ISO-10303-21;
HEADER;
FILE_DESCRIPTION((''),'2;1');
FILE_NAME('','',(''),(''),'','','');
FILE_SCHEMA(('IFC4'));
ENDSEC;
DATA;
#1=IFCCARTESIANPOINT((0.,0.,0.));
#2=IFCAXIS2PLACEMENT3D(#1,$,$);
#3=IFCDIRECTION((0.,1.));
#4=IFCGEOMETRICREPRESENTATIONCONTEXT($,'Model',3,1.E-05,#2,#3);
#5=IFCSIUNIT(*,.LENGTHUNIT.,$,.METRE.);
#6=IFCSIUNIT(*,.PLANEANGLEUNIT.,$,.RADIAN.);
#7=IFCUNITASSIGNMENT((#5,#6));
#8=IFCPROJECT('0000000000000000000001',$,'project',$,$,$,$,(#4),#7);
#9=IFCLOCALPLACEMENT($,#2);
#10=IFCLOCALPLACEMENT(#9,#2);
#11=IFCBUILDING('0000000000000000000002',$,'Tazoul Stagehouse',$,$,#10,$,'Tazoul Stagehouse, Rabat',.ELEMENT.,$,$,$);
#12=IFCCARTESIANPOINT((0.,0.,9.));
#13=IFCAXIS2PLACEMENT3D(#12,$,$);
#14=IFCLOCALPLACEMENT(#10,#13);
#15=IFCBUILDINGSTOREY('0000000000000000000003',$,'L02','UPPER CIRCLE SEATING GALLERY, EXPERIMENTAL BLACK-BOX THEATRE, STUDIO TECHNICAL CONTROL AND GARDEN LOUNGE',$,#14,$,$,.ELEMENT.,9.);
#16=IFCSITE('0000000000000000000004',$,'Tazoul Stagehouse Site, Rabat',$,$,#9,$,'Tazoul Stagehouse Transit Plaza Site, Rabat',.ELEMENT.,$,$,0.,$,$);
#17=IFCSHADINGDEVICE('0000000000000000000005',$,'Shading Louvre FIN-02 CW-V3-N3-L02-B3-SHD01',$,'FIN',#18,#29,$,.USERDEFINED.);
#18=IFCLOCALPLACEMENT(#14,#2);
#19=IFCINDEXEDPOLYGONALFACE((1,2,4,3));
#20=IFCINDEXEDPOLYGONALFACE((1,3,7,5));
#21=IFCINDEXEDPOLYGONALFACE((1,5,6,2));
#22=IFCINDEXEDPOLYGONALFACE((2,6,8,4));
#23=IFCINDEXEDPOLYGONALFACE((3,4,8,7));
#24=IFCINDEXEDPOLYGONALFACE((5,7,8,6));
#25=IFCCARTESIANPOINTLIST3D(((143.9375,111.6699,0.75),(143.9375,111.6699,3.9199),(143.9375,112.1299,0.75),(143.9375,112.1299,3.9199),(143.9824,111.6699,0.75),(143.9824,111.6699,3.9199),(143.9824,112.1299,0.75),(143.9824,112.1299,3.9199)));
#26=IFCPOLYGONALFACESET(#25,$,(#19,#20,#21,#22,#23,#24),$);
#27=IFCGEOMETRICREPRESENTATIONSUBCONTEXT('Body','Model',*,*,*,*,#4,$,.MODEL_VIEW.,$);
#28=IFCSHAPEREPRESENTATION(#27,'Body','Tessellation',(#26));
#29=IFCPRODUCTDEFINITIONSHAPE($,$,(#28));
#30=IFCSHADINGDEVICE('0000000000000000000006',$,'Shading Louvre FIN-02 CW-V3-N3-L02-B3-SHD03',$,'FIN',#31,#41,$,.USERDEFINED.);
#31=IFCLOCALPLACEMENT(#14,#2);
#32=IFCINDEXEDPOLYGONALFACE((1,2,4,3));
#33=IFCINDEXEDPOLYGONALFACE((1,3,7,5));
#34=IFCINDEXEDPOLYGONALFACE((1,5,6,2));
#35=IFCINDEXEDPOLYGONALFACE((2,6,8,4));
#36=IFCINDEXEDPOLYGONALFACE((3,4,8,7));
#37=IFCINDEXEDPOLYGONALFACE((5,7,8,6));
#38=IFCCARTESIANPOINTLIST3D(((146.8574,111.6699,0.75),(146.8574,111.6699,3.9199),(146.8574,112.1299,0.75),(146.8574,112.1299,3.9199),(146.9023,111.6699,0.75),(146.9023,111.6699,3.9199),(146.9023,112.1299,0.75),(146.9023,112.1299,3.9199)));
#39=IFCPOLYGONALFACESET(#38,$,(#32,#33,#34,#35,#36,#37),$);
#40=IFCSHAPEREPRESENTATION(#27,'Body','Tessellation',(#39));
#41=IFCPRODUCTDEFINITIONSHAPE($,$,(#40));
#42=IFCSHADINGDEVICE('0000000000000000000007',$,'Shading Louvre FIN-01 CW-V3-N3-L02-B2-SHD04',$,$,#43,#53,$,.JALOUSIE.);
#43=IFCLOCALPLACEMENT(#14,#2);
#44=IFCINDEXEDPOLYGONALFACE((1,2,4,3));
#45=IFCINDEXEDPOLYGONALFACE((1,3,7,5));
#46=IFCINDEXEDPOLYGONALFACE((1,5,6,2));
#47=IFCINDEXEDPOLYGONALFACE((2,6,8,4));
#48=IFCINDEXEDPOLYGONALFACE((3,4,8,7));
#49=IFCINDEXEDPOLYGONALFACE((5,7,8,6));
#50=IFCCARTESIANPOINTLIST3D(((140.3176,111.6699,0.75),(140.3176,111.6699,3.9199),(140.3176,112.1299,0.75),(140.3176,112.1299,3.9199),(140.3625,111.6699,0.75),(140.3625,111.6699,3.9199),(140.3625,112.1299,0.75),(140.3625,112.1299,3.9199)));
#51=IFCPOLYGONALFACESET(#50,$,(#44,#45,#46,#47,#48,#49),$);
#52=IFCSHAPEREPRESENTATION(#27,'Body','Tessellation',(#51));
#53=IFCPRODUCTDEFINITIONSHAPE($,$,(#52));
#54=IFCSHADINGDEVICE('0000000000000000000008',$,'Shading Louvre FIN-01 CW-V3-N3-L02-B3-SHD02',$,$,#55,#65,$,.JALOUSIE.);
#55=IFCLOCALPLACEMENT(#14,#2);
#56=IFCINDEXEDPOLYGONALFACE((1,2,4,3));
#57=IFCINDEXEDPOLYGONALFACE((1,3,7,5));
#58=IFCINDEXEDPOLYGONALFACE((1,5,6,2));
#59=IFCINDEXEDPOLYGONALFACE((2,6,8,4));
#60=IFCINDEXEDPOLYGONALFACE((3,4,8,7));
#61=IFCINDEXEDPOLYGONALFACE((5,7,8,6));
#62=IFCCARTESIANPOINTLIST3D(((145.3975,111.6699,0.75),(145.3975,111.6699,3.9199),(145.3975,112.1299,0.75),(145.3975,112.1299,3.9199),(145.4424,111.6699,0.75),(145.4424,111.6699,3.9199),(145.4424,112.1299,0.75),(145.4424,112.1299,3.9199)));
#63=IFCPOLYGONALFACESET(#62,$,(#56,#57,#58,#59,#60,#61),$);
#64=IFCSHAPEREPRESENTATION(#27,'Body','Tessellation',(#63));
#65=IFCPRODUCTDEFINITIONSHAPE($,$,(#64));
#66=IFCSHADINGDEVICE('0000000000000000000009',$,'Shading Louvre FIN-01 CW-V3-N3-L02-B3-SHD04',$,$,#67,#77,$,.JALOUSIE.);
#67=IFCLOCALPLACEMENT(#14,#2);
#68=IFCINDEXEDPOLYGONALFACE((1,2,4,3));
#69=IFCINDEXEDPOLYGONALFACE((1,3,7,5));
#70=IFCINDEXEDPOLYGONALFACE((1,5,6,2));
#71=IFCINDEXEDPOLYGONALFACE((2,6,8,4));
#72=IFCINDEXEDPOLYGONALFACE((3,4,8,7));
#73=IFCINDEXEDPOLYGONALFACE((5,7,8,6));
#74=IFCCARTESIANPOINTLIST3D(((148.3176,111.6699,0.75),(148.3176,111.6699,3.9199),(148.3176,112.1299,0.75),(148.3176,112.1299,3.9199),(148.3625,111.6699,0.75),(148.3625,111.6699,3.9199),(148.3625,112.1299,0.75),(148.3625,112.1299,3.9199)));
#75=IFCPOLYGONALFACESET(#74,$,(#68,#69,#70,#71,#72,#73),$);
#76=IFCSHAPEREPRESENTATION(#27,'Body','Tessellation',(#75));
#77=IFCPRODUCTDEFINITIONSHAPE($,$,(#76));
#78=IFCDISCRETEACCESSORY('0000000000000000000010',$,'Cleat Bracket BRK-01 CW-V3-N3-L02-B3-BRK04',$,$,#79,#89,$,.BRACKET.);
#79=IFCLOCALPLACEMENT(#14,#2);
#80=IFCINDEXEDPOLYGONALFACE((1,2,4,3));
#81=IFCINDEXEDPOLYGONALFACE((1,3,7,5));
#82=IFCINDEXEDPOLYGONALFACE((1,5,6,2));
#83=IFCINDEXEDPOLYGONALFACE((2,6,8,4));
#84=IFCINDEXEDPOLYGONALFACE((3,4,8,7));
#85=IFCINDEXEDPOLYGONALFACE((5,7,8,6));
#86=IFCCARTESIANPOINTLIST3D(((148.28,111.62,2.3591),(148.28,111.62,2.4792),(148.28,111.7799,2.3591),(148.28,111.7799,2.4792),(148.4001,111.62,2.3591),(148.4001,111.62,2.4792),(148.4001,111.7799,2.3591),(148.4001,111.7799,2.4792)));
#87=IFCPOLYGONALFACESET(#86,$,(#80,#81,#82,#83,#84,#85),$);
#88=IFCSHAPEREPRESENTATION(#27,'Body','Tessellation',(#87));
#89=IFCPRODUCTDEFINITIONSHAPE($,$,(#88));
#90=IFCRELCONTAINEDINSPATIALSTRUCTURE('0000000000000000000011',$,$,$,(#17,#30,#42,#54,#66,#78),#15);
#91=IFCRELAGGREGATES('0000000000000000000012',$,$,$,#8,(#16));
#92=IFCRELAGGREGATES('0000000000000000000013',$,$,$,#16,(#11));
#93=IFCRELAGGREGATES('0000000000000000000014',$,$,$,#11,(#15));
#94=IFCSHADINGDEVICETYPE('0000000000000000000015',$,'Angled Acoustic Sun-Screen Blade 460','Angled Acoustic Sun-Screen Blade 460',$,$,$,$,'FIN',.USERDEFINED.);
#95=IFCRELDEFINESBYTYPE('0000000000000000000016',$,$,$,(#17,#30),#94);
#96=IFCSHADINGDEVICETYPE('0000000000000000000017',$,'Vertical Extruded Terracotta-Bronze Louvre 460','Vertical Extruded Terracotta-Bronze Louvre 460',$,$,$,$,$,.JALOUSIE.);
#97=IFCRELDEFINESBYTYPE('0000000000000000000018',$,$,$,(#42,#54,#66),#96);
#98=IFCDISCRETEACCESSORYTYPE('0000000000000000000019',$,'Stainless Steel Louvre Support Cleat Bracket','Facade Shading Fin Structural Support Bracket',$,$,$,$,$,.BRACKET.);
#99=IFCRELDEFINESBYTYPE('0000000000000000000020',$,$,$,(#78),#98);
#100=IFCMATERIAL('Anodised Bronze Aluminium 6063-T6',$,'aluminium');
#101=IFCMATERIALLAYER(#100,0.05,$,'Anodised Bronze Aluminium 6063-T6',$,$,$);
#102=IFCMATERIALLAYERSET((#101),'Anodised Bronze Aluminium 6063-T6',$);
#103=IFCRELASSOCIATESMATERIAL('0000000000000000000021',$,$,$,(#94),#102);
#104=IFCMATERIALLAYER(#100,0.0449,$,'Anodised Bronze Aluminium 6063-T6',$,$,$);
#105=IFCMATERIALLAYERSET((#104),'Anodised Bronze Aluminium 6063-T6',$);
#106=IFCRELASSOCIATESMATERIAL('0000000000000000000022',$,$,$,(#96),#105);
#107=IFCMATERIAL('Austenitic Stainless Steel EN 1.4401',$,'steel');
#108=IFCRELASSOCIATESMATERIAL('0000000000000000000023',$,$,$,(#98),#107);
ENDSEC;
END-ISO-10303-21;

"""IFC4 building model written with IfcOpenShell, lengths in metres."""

from ifc_helpers import new_model, si_unit, direction, frame, origin, origin_2d, place, context, subcontext, project, spatial, rectangle, extrude, material, layer, layer_set, type_object, element, save


model = new_model("IFC4")

# Units and contexts
model_context = context("Model", 3, precision=1e-05, world=origin(), true_north=direction((0.0, 1.0)))
body_context = subcontext(model_context, "Body", "Model", "MODEL_VIEW")
ifc_project = project(units=[si_unit("LENGTHUNIT", "METRE"), si_unit("PLANEANGLEUNIT", "RADIAN")], contexts=[model_context])

# Site, building, storey
site_placement = place(None, origin())
site = spatial("IfcSite", under=ifc_project, at=site_placement, Name="Tazoul Stagehouse Site, Rabat", LongName="Tazoul Stagehouse Transit Plaza Site, Rabat", CompositionType="ELEMENT", RefElevation=0.0)
building_placement = place(site_placement, origin())
building = spatial("IfcBuilding", under=site, at=building_placement, Name="Tazoul Stagehouse", LongName="Tazoul Stagehouse, Rabat", CompositionType="ELEMENT")
storey_placement = place(building_placement, frame((0.0, 0.0, 9.0)))
storey = spatial("IfcBuildingStorey", under=building, at=storey_placement, Name="L02", Description="UPPER CIRCLE SEATING GALLERY, EXPERIMENTAL BLACK-BOX THEATRE, STUDIO TECHNICAL CONTROL AND GARDEN LOUNGE", CompositionType="ELEMENT", Elevation=9.0)

# Shared definitions
ifc_material_1 = material(Name="Anodised Bronze Aluminium 6063-T6", Category="aluminium")

# Shading devices
ifc_layer_1 = layer(ifc_material_1, 0.05, Name="Anodised Bronze Aluminium 6063-T6")
ifc_layer_set_1 = layer_set([ifc_layer_1], Name="Anodised Bronze Aluminium 6063-T6")
shading_device_type_1 = type_object("IfcShadingDeviceType", Name="Angled Acoustic Sun-Screen Blade 460", Description="Angled Acoustic Sun-Screen Blade 460", ElementType="FIN", PredefinedType="USERDEFINED", material=ifc_layer_set_1)
for number, where, z_axis, x_axis, name in (
    (1, (143.96, 111.8999, 0.75), (0.0, 0.0, 1.0), (1.0, 0.0, 0.0), "Shading Louvre FIN-02 CW-V3-N3-L02-B3-SHD01"),
    (2, (146.8799, 111.8999, 0.75), (0.0, 0.0, 1.0), (1.0, 0.0, 0.0), "Shading Louvre FIN-02 CW-V3-N3-L02-B3-SHD03"),
):
    element("IfcShadingDevice", number, at=place(storey_placement, frame(where, z_axis=z_axis, x_axis=x_axis)), inside=storey, type_object=shading_device_type_1, Name=name, ObjectType="FIN", PredefinedType="USERDEFINED", context=body_context, shape_type="SweptSolid", body=[
        extrude(rectangle(XDim=0.0449, YDim=0.46, at=origin_2d()), origin(), (0.0, 0.0, 1.0), 3.1699),
    ])
ifc_layer_2 = layer(ifc_material_1, 0.0449, Name="Anodised Bronze Aluminium 6063-T6")
ifc_layer_set_2 = layer_set([ifc_layer_2], Name="Anodised Bronze Aluminium 6063-T6")
shading_device_type_2 = type_object("IfcShadingDeviceType", Name="Vertical Extruded Terracotta-Bronze Louvre 460", Description="Vertical Extruded Terracotta-Bronze Louvre 460", PredefinedType="JALOUSIE", material=ifc_layer_set_2)
for number, where, z_axis, x_axis, name in (
    (3, (140.3401, 111.8999, 0.75), (0.0, 0.0, 1.0), (1.0, 0.0, 0.0), "Shading Louvre FIN-01 CW-V3-N3-L02-B2-SHD04"),
    (4, (145.4199, 111.8999, 0.75), (0.0, 0.0, 1.0), (1.0, 0.0, 0.0), "Shading Louvre FIN-01 CW-V3-N3-L02-B3-SHD02"),
    (5, (148.3401, 111.8999, 0.75), (0.0, 0.0, 1.0), (1.0, 0.0, 0.0), "Shading Louvre FIN-01 CW-V3-N3-L02-B3-SHD04"),
):
    element("IfcShadingDevice", number, at=place(storey_placement, frame(where, z_axis=z_axis, x_axis=x_axis)), inside=storey, type_object=shading_device_type_2, Name=name, PredefinedType="JALOUSIE", context=body_context, shape_type="SweptSolid", body=[
        extrude(rectangle(XDim=0.0449, YDim=0.46, at=origin_2d()), origin(), (0.0, 0.0, 1.0), 3.1699),
    ])

# Discrete accessory
ifc_material_2 = material(Name="Austenitic Stainless Steel EN 1.4401", Category="steel")
discrete_accessory_type = type_object("IfcDiscreteAccessoryType", Name="Stainless Steel Louvre Support Cleat Bracket", Description="Facade Shading Fin Structural Support Bracket", PredefinedType="BRACKET", material=ifc_material_2)
discrete_accessory_placement = place(storey_placement, frame((148.3401, 111.7, 2.3591), z_axis=(0.0, 0.0, 1.0), x_axis=(1.0, 0.0, 0.0)))
element("IfcDiscreteAccessory", 6, at=discrete_accessory_placement, inside=storey, type_object=discrete_accessory_type, Name="Cleat Bracket BRK-01 CW-V3-N3-L02-B3-BRK04", PredefinedType="BRACKET", context=body_context, shape_type="SweptSolid", body=[
    extrude(rectangle(XDim=0.1201, YDim=0.1599, at=origin_2d()), origin(), (0.0, 0.0, 1.0), 0.1201),
])

save(model, "model.ifc")
